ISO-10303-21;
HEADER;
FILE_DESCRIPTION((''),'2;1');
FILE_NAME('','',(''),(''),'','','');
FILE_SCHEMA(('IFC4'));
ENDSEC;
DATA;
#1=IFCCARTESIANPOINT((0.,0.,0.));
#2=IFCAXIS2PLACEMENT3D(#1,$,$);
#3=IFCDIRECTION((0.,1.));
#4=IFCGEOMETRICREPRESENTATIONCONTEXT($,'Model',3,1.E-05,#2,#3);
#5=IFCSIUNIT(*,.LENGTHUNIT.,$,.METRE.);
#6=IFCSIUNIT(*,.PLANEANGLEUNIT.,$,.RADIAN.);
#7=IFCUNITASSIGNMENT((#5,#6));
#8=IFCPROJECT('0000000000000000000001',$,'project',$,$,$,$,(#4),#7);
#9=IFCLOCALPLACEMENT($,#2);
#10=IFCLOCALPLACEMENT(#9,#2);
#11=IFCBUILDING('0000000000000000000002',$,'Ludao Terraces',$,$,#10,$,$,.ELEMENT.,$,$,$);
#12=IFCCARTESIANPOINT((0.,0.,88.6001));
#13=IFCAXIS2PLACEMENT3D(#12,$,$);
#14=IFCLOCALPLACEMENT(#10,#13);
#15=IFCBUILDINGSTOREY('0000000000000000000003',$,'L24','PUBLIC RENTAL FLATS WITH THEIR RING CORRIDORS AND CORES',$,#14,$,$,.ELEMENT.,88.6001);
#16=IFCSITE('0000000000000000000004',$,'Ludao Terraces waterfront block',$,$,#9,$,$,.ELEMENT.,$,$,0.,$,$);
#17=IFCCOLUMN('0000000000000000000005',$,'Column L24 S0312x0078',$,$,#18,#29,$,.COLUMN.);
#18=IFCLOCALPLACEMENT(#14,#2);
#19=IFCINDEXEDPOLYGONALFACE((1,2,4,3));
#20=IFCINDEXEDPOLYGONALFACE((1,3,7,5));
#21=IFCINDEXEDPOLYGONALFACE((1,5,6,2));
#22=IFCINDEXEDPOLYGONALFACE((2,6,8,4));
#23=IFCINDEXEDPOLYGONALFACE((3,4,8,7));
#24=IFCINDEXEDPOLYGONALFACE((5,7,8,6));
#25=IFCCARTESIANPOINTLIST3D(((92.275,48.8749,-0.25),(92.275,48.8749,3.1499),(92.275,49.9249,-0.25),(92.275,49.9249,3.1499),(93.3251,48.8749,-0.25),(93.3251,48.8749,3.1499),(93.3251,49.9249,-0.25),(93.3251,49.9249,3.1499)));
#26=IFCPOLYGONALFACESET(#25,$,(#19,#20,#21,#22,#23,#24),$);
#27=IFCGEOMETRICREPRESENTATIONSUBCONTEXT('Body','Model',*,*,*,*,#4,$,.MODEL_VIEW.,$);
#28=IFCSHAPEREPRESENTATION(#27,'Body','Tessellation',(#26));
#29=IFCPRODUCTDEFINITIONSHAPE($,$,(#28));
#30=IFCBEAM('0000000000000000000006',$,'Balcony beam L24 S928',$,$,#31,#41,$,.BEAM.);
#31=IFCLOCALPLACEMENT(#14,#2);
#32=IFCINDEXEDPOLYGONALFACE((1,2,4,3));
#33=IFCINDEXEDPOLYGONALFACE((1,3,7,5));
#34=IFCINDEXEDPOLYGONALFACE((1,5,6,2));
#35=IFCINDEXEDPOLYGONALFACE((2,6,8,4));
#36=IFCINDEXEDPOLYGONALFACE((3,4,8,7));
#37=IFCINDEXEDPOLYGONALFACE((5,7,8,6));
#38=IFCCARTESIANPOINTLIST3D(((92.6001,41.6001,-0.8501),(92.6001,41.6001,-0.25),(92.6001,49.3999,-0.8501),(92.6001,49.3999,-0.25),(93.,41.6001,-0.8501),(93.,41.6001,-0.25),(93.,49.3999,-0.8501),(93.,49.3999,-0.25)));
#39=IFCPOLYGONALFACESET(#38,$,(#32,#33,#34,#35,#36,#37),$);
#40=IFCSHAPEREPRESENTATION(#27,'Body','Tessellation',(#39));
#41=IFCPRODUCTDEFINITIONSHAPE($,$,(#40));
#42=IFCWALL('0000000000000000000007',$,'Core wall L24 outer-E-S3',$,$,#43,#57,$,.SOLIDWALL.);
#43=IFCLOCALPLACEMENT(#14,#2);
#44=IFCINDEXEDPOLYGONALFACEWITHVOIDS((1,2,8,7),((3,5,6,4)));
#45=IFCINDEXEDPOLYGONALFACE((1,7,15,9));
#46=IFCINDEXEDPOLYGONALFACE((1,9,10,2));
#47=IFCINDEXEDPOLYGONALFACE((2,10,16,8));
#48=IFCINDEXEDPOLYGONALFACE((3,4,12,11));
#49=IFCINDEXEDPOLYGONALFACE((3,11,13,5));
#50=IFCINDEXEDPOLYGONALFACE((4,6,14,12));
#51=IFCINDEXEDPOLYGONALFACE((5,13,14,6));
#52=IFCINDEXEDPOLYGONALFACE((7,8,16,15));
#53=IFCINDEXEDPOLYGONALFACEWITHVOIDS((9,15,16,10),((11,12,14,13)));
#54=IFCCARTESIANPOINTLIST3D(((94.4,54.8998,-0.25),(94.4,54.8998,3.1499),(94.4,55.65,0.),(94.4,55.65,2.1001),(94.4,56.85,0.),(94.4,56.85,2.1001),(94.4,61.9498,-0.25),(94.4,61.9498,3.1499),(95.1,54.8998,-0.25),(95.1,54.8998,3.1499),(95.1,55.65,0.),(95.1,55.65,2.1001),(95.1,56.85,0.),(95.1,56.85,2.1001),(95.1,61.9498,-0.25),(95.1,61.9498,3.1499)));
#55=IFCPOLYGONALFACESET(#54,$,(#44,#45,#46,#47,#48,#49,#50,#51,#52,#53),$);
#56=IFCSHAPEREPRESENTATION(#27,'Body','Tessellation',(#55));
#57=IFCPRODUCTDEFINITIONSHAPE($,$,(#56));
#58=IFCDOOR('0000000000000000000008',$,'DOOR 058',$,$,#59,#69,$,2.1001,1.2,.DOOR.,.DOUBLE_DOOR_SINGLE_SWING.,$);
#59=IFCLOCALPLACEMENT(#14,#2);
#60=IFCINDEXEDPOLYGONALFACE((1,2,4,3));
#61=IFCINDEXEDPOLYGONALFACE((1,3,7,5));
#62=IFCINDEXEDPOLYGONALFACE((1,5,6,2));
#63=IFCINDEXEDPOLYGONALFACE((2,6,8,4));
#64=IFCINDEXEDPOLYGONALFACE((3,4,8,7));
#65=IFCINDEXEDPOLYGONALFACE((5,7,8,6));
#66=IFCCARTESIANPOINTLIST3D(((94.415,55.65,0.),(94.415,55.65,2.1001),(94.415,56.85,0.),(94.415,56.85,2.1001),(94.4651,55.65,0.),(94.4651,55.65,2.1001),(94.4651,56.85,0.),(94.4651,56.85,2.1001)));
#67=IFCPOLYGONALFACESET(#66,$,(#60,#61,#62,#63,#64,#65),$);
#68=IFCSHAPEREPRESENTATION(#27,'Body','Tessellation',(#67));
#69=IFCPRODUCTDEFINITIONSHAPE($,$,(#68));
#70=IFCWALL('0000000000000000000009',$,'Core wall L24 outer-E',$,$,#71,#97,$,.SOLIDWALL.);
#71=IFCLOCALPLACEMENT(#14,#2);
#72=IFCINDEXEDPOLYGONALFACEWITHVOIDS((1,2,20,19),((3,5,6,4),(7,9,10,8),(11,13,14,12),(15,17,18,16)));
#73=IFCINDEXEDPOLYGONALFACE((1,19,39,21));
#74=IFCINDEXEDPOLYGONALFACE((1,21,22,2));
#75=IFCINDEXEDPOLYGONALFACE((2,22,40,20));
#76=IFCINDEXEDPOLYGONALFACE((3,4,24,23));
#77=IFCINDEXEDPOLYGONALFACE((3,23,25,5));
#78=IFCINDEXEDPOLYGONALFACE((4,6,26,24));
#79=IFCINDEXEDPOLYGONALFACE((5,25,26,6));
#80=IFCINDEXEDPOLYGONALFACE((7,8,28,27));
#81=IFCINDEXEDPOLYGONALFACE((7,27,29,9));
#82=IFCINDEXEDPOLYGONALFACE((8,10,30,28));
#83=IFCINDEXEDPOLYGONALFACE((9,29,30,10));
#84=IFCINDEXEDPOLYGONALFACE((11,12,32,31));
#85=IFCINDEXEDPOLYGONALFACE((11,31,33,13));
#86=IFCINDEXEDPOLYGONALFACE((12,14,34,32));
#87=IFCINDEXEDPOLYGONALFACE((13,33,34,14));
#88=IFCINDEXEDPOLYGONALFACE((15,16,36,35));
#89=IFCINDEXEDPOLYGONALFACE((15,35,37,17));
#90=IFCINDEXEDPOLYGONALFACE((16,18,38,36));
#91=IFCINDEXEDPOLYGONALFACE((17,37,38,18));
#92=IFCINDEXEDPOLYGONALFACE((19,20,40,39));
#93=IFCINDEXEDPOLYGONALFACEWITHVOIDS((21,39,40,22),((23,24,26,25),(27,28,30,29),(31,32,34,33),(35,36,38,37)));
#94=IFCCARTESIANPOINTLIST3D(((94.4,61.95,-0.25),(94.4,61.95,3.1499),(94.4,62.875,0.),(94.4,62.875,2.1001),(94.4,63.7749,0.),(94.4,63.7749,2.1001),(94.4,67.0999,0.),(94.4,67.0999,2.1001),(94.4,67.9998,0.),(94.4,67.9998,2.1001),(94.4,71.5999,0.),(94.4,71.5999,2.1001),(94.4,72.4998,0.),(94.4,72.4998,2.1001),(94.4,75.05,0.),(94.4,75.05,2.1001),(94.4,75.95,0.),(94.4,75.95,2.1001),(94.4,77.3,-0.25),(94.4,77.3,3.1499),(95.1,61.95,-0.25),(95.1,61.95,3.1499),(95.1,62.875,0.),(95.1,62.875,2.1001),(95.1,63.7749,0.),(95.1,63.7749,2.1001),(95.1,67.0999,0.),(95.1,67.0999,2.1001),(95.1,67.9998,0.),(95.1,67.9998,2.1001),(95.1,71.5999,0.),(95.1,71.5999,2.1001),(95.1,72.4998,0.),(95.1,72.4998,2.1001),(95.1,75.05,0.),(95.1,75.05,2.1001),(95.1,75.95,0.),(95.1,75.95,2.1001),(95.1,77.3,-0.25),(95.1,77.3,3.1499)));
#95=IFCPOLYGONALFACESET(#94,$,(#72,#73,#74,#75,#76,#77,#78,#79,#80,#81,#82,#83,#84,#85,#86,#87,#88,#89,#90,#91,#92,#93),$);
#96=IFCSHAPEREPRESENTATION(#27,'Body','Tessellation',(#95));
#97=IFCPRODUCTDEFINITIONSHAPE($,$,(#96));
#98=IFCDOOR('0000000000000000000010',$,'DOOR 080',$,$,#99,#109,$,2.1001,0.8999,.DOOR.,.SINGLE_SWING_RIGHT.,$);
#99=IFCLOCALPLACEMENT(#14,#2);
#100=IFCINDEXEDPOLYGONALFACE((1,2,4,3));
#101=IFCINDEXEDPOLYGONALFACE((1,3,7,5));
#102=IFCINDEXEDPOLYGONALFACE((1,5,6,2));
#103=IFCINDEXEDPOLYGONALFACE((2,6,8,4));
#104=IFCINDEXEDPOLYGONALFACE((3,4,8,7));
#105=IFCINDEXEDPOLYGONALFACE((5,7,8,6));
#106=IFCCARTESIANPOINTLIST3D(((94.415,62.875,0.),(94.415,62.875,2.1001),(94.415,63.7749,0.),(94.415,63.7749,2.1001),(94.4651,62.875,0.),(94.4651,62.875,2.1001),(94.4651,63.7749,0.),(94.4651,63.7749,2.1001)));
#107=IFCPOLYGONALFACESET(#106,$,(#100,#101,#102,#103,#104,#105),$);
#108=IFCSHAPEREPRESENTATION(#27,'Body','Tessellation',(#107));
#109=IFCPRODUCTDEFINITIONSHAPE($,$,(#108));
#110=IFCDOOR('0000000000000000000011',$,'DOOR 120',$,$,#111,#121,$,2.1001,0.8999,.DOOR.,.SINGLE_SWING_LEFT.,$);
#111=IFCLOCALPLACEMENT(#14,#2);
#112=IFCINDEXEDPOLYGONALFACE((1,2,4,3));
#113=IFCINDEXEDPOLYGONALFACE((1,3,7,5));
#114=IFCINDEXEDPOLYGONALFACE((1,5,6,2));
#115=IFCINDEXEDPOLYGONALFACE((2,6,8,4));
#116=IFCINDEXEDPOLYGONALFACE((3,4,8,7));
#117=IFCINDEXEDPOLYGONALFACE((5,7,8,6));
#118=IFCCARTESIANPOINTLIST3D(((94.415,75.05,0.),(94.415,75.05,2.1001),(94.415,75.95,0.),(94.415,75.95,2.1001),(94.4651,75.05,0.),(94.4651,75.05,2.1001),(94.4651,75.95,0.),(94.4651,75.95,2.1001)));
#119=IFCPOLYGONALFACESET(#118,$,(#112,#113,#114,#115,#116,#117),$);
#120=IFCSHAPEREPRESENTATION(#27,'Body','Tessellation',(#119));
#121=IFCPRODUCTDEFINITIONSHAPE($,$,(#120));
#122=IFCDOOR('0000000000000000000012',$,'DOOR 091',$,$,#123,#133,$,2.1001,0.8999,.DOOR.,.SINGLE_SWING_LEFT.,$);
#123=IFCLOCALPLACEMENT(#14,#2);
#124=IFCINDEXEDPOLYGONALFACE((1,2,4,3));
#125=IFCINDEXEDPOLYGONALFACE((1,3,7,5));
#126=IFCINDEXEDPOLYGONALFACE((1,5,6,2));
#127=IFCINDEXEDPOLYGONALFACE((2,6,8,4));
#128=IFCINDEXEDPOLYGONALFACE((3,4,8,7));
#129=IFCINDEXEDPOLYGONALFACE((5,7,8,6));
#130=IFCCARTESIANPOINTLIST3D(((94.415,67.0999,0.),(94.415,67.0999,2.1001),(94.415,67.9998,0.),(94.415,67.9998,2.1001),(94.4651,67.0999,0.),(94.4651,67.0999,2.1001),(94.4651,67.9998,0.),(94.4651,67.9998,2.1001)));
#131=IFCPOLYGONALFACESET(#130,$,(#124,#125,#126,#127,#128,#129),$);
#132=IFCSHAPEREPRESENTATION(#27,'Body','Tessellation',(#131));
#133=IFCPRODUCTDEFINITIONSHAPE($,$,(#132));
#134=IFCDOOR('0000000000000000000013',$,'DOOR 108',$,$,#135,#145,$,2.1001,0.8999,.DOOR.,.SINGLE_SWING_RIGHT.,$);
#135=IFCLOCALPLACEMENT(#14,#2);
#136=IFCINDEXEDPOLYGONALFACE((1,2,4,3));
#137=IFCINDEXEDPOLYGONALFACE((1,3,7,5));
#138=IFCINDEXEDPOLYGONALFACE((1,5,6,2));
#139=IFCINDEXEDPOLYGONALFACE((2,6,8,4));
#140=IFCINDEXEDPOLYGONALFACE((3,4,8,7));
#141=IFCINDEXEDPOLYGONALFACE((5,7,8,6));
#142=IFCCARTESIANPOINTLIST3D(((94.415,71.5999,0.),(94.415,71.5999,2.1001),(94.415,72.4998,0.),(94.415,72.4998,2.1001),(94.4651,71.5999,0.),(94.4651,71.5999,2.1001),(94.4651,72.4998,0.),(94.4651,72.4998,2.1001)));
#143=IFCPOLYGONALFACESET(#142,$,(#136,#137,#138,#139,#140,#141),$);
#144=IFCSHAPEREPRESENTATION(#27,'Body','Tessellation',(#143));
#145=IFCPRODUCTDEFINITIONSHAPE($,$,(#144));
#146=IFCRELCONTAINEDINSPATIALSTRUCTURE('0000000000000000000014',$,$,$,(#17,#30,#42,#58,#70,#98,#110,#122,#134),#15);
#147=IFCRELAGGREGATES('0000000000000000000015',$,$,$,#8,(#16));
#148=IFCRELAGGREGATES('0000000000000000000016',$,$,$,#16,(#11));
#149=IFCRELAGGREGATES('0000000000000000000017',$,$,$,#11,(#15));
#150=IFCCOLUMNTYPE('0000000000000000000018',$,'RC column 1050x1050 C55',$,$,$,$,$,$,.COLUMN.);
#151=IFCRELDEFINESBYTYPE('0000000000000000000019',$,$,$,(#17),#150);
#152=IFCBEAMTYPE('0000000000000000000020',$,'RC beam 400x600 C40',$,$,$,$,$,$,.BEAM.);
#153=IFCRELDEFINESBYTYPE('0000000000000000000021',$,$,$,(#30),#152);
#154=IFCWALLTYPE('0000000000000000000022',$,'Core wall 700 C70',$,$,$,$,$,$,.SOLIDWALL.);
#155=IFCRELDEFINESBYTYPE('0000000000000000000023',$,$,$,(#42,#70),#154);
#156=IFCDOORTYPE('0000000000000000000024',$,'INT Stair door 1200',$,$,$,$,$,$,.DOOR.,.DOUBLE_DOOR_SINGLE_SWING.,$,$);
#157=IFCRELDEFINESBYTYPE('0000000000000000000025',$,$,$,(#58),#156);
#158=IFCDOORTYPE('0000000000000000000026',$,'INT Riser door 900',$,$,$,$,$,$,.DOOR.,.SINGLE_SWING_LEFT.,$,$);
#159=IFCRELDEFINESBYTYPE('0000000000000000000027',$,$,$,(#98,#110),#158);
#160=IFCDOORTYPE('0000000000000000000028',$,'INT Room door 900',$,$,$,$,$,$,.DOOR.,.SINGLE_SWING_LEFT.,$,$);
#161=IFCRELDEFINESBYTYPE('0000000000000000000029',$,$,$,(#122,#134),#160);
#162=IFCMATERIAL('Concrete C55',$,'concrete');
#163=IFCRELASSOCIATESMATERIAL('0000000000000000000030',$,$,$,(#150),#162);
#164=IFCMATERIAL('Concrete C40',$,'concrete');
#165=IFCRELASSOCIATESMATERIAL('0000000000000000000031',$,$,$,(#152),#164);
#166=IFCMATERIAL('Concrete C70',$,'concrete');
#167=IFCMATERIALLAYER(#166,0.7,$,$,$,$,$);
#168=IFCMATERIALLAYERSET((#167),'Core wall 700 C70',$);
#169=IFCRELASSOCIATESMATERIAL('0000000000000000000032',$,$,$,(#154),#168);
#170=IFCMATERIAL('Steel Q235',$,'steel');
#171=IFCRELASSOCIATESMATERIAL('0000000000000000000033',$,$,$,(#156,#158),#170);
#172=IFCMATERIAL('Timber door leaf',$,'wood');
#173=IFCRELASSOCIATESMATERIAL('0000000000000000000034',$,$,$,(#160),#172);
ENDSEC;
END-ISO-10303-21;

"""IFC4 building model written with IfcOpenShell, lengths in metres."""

from ifc_helpers import new_model, si_unit, direction, frame, frame_2d, origin, origin_2d, place, context, subcontext, project, spatial, rectangle, extrude, material, layer, layer_set, material_profile, profile_set, type_object, element, fill, save


model = new_model("IFC4")

# Units and contexts
model_context = context("Model", 3, precision=1e-05, world=origin(), true_north=direction((0.0, 1.0)))
body_context = subcontext(model_context, "Body", "Model", "MODEL_VIEW")
ifc_project = project(units=[si_unit("LENGTHUNIT", "METRE"), si_unit("PLANEANGLEUNIT", "RADIAN")], contexts=[model_context])

# Site, building, storey
site_placement = place(None, origin())
site = spatial("IfcSite", under=ifc_project, at=site_placement, Name="Ludao Terraces waterfront block", CompositionType="ELEMENT", RefElevation=0.0)
building_placement = place(site_placement, origin())
building = spatial("IfcBuilding", under=site, at=building_placement, Name="Ludao Terraces", CompositionType="ELEMENT")
storey_placement = place(building_placement, frame((0.0, 0.0, 88.6001)))
storey = spatial("IfcBuildingStorey", under=building, at=storey_placement, Name="L24", Description="PUBLIC RENTAL FLATS WITH THEIR RING CORRIDORS AND CORES", CompositionType="ELEMENT", Elevation=88.6001)

# Column
ifc_material_1 = material(Name="Concrete C55", Category="concrete")
ifc_material_profile_1 = material_profile(ifc_material_1, rectangle(XDim=1.05, YDim=1.05, at=origin_2d()), Name="1050 X 1050")
ifc_profile_set_1 = profile_set([ifc_material_profile_1], Name="Concrete C55")
column_type = type_object("IfcColumnType", Name="RC column 1050x1050 C55", PredefinedType="COLUMN", material=ifc_profile_set_1)
column_placement = place(storey_placement, frame((92.8, 49.3999, -0.25), z_axis=(0.0, 0.0, 1.0), x_axis=(1.0, 0.0, 0.0)))
element("IfcColumn", 1, at=column_placement, inside=storey, type_object=column_type, Name="Column L24 S0312x0078", PredefinedType="COLUMN", context=body_context, shape_type="SweptSolid", body=[
    extrude(rectangle(XDim=1.05, YDim=1.05, at=origin_2d()), origin(), (0.0, 0.0, 1.0), 3.3999),
])

# Beam
ifc_material_2 = material(Name="Concrete C40", Category="concrete")
ifc_material_profile_2 = material_profile(ifc_material_2, rectangle(XDim=0.3999, YDim=0.6001, at=origin_2d()), Name="400 X 600")
ifc_profile_set_2 = profile_set([ifc_material_profile_2], Name="Concrete C40")
beam_type = type_object("IfcBeamType", Name="RC beam 400x600 C40", PredefinedType="BEAM", material=ifc_profile_set_2)
beam_placement = place(storey_placement, frame((92.8, 49.3999, -0.55), z_axis=(0.0, -1.0, 0.0), x_axis=(1.0, 0.0, 0.0)))
element("IfcBeam", 2, at=beam_placement, inside=storey, type_object=beam_type, Name="Balcony beam L24 S928", PredefinedType="BEAM", context=body_context, shape_type="SweptSolid", body=[
    extrude(rectangle(XDim=0.3999, YDim=0.6001, at=origin_2d()), origin(), (0.0, 0.0, 1.0), 7.7998),
])

# Wall, opening, door
ifc_material_3 = material(Name="Concrete C70", Category="concrete")
ifc_layer_1 = layer(ifc_material_3, 0.7)
ifc_layer_set_1 = layer_set([ifc_layer_1], Name="Core wall 700 C70")
wall_type_1 = type_object("IfcWallType", Name="Core wall 700 C70", PredefinedType="SOLIDWALL", material=ifc_layer_set_1)
wall_1_placement = place(storey_placement, frame((94.75, 54.8999, -0.25), z_axis=(0.0, 0.0, 1.0), x_axis=(0.0, 1.0, 0.0)))
wall_1 = element("IfcWall", 3, at=wall_1_placement, inside=storey, type_object=wall_type_1, Name="Core wall L24 outer-E-S3", PredefinedType="SOLIDWALL", context=body_context, shape_type="SweptSolid", body=[
    extrude(rectangle(XDim=7.05, YDim=0.7, at=frame_2d((3.5249, 0.0))), origin(), (0.0, 0.0, 1.0), 3.3999),
])
opening_1_placement = place(wall_1_placement, frame((0.75, 0.0, 0.25)))
opening_1 = element("IfcOpeningElement", 4, at=opening_1_placement, cuts=wall_1, PredefinedType="OPENING", context=body_context, shape_type="SweptSolid", body=[
    extrude(rectangle(XDim=1.2, YDim=2.1001, at=frame_2d((0.6001, 1.05))), frame((0.0, 0.3599, 0.0), z_axis=(0.0, -1.0, 0.0), x_axis=(1.0, 0.0, 0.0)), (0.0, 0.0, 1.0), 0.72),
])
ifc_material_4 = material(Name="Steel Q235", Category="steel")
door_type_1 = type_object("IfcDoorType", Name="INT Stair door 1200", OperationType="DOUBLE_DOOR_SINGLE_SWING", PredefinedType="DOOR", material=ifc_material_4)
door_1_placement = place(opening_1_placement, origin())
door_1 = element("IfcDoor", 5, at=door_1_placement, inside=storey, type_object=door_type_1, Name="DOOR 058", OperationType="DOUBLE_DOOR_SINGLE_SWING", OverallHeight=2.1001, OverallWidth=1.2, PredefinedType="DOOR", context=body_context, shape_type="SweptSolid", body=[
    extrude(rectangle(XDim=1.2, YDim=2.1001, at=frame_2d((0.6001, 1.05))), frame((0.0, 0.335, 0.0), z_axis=(0.0, -1.0, 0.0), x_axis=(1.0, 0.0, 0.0)), (0.0, 0.0, 1.0), 0.05),
])
fill(opening_1, door_1)

# Wall, openings, doors
wall_2_placement = place(storey_placement, frame((94.75, 61.95, -0.25), z_axis=(0.0, 0.0, 1.0), x_axis=(0.0, 1.0, 0.0)))
wall_2 = element("IfcWall", 6, at=wall_2_placement, inside=storey, type_object=wall_type_1, Name="Core wall L24 outer-E", PredefinedType="SOLIDWALL", context=body_context, shape_type="SweptSolid", body=[
    extrude(rectangle(XDim=15.3501, YDim=0.7, at=frame_2d((7.675, 0.0))), origin(), (0.0, 0.0, 1.0), 3.3999),
])
opening_2_placement = place(wall_2_placement, frame((0.925, 0.0, 0.25)))
opening_2 = element("IfcOpeningElement", 7, at=opening_2_placement, cuts=wall_2, PredefinedType="OPENING", context=body_context, shape_type="SweptSolid", body=[
    extrude(rectangle(XDim=0.8999, YDim=2.1001, at=frame_2d((0.45, 1.05))), frame((0.0, 0.3599, 0.0), z_axis=(0.0, -1.0, 0.0), x_axis=(1.0, 0.0, 0.0)), (0.0, 0.0, 1.0), 0.72),
])
opening_3_placement = place(wall_2_placement, frame((5.1499, 0.0, 0.25)))
opening_3 = element("IfcOpeningElement", 8, at=opening_3_placement, cuts=wall_2, PredefinedType="OPENING", context=body_context, shape_type="SweptSolid", body=[
    extrude(rectangle(XDim=0.8999, YDim=2.1001, at=frame_2d((0.45, 1.05))), frame((0.0, 0.3599, 0.0), z_axis=(0.0, -1.0, 0.0), x_axis=(1.0, 0.0, 0.0)), (0.0, 0.0, 1.0), 0.72),
])
opening_4_placement = place(wall_2_placement, frame((9.6499, 0.0, 0.25)))
opening_4 = element("IfcOpeningElement", 9, at=opening_4_placement, cuts=wall_2, PredefinedType="OPENING", context=body_context, shape_type="SweptSolid", body=[
    extrude(rectangle(XDim=0.8999, YDim=2.1001, at=frame_2d((0.45, 1.05))), frame((0.0, 0.3599, 0.0), z_axis=(0.0, -1.0, 0.0), x_axis=(1.0, 0.0, 0.0)), (0.0, 0.0, 1.0), 0.72),
])
opening_5_placement = place(wall_2_placement, frame((13.1001, 0.0, 0.25)))
opening_5 = element("IfcOpeningElement", 10, at=opening_5_placement, cuts=wall_2, PredefinedType="OPENING", context=body_context, shape_type="SweptSolid", body=[
    extrude(rectangle(XDim=0.8999, YDim=2.1001, at=frame_2d((0.45, 1.05))), frame((0.0, 0.3599, 0.0), z_axis=(0.0, -1.0, 0.0), x_axis=(1.0, 0.0, 0.0)), (0.0, 0.0, 1.0), 0.72),
])
door_type_2 = type_object("IfcDoorType", Name="INT Riser door 900", OperationType="SINGLE_SWING_LEFT", PredefinedType="DOOR", material=ifc_material_4)
door_2_placement = place(opening_2_placement, origin())
door_2 = element("IfcDoor", 11, at=door_2_placement, inside=storey, type_object=door_type_2, Name="DOOR 080", OperationType="SINGLE_SWING_RIGHT", OverallHeight=2.1001, OverallWidth=0.8999, PredefinedType="DOOR", context=body_context, shape_type="SweptSolid", body=[
    extrude(rectangle(XDim=0.8999, YDim=2.1001, at=frame_2d((0.45, 1.05))), frame((0.0, 0.335, 0.0), z_axis=(0.0, -1.0, 0.0), x_axis=(1.0, 0.0, 0.0)), (0.0, 0.0, 1.0), 0.05),
])
fill(opening_2, door_2)
door_3_placement = place(opening_5_placement, origin())
door_3 = element("IfcDoor", 12, at=door_3_placement, inside=storey, type_object=door_type_2, Name="DOOR 120", OperationType="SINGLE_SWING_LEFT", OverallHeight=2.1001, OverallWidth=0.8999, PredefinedType="DOOR", context=body_context, shape_type="SweptSolid", body=[
    extrude(rectangle(XDim=0.8999, YDim=2.1001, at=frame_2d((0.45, 1.05))), frame((0.0, 0.335, 0.0), z_axis=(0.0, -1.0, 0.0), x_axis=(1.0, 0.0, 0.0)), (0.0, 0.0, 1.0), 0.05),
])
fill(opening_5, door_3)
ifc_material_5 = material(Name="Timber door leaf", Category="wood")
door_type_3 = type_object("IfcDoorType", Name="INT Room door 900", OperationType="SINGLE_SWING_LEFT", PredefinedType="DOOR", material=ifc_material_5)
door_4_placement = place(opening_3_placement, origin())
door_4 = element("IfcDoor", 13, at=door_4_placement, inside=storey, type_object=door_type_3, Name="DOOR 091", OperationType="SINGLE_SWING_LEFT", OverallHeight=2.1001, OverallWidth=0.8999, PredefinedType="DOOR", context=body_context, shape_type="SweptSolid", body=[
    extrude(rectangle(XDim=0.8999, YDim=2.1001, at=frame_2d((0.45, 1.05))), frame((0.0, 0.335, 0.0), z_axis=(0.0, -1.0, 0.0), x_axis=(1.0, 0.0, 0.0)), (0.0, 0.0, 1.0), 0.05),
])
fill(opening_3, door_4)
door_5_placement = place(opening_4_placement, origin())
door_5 = element("IfcDoor", 14, at=door_5_placement, inside=storey, type_object=door_type_3, Name="DOOR 108", OperationType="SINGLE_SWING_RIGHT", OverallHeight=2.1001, OverallWidth=0.8999, PredefinedType="DOOR", context=body_context, shape_type="SweptSolid", body=[
    extrude(rectangle(XDim=0.8999, YDim=2.1001, at=frame_2d((0.45, 1.05))), frame((0.0, 0.335, 0.0), z_axis=(0.0, -1.0, 0.0), x_axis=(1.0, 0.0, 0.0)), (0.0, 0.0, 1.0), 0.05),
])
fill(opening_4, door_5)

save(model, "model.ifc")
